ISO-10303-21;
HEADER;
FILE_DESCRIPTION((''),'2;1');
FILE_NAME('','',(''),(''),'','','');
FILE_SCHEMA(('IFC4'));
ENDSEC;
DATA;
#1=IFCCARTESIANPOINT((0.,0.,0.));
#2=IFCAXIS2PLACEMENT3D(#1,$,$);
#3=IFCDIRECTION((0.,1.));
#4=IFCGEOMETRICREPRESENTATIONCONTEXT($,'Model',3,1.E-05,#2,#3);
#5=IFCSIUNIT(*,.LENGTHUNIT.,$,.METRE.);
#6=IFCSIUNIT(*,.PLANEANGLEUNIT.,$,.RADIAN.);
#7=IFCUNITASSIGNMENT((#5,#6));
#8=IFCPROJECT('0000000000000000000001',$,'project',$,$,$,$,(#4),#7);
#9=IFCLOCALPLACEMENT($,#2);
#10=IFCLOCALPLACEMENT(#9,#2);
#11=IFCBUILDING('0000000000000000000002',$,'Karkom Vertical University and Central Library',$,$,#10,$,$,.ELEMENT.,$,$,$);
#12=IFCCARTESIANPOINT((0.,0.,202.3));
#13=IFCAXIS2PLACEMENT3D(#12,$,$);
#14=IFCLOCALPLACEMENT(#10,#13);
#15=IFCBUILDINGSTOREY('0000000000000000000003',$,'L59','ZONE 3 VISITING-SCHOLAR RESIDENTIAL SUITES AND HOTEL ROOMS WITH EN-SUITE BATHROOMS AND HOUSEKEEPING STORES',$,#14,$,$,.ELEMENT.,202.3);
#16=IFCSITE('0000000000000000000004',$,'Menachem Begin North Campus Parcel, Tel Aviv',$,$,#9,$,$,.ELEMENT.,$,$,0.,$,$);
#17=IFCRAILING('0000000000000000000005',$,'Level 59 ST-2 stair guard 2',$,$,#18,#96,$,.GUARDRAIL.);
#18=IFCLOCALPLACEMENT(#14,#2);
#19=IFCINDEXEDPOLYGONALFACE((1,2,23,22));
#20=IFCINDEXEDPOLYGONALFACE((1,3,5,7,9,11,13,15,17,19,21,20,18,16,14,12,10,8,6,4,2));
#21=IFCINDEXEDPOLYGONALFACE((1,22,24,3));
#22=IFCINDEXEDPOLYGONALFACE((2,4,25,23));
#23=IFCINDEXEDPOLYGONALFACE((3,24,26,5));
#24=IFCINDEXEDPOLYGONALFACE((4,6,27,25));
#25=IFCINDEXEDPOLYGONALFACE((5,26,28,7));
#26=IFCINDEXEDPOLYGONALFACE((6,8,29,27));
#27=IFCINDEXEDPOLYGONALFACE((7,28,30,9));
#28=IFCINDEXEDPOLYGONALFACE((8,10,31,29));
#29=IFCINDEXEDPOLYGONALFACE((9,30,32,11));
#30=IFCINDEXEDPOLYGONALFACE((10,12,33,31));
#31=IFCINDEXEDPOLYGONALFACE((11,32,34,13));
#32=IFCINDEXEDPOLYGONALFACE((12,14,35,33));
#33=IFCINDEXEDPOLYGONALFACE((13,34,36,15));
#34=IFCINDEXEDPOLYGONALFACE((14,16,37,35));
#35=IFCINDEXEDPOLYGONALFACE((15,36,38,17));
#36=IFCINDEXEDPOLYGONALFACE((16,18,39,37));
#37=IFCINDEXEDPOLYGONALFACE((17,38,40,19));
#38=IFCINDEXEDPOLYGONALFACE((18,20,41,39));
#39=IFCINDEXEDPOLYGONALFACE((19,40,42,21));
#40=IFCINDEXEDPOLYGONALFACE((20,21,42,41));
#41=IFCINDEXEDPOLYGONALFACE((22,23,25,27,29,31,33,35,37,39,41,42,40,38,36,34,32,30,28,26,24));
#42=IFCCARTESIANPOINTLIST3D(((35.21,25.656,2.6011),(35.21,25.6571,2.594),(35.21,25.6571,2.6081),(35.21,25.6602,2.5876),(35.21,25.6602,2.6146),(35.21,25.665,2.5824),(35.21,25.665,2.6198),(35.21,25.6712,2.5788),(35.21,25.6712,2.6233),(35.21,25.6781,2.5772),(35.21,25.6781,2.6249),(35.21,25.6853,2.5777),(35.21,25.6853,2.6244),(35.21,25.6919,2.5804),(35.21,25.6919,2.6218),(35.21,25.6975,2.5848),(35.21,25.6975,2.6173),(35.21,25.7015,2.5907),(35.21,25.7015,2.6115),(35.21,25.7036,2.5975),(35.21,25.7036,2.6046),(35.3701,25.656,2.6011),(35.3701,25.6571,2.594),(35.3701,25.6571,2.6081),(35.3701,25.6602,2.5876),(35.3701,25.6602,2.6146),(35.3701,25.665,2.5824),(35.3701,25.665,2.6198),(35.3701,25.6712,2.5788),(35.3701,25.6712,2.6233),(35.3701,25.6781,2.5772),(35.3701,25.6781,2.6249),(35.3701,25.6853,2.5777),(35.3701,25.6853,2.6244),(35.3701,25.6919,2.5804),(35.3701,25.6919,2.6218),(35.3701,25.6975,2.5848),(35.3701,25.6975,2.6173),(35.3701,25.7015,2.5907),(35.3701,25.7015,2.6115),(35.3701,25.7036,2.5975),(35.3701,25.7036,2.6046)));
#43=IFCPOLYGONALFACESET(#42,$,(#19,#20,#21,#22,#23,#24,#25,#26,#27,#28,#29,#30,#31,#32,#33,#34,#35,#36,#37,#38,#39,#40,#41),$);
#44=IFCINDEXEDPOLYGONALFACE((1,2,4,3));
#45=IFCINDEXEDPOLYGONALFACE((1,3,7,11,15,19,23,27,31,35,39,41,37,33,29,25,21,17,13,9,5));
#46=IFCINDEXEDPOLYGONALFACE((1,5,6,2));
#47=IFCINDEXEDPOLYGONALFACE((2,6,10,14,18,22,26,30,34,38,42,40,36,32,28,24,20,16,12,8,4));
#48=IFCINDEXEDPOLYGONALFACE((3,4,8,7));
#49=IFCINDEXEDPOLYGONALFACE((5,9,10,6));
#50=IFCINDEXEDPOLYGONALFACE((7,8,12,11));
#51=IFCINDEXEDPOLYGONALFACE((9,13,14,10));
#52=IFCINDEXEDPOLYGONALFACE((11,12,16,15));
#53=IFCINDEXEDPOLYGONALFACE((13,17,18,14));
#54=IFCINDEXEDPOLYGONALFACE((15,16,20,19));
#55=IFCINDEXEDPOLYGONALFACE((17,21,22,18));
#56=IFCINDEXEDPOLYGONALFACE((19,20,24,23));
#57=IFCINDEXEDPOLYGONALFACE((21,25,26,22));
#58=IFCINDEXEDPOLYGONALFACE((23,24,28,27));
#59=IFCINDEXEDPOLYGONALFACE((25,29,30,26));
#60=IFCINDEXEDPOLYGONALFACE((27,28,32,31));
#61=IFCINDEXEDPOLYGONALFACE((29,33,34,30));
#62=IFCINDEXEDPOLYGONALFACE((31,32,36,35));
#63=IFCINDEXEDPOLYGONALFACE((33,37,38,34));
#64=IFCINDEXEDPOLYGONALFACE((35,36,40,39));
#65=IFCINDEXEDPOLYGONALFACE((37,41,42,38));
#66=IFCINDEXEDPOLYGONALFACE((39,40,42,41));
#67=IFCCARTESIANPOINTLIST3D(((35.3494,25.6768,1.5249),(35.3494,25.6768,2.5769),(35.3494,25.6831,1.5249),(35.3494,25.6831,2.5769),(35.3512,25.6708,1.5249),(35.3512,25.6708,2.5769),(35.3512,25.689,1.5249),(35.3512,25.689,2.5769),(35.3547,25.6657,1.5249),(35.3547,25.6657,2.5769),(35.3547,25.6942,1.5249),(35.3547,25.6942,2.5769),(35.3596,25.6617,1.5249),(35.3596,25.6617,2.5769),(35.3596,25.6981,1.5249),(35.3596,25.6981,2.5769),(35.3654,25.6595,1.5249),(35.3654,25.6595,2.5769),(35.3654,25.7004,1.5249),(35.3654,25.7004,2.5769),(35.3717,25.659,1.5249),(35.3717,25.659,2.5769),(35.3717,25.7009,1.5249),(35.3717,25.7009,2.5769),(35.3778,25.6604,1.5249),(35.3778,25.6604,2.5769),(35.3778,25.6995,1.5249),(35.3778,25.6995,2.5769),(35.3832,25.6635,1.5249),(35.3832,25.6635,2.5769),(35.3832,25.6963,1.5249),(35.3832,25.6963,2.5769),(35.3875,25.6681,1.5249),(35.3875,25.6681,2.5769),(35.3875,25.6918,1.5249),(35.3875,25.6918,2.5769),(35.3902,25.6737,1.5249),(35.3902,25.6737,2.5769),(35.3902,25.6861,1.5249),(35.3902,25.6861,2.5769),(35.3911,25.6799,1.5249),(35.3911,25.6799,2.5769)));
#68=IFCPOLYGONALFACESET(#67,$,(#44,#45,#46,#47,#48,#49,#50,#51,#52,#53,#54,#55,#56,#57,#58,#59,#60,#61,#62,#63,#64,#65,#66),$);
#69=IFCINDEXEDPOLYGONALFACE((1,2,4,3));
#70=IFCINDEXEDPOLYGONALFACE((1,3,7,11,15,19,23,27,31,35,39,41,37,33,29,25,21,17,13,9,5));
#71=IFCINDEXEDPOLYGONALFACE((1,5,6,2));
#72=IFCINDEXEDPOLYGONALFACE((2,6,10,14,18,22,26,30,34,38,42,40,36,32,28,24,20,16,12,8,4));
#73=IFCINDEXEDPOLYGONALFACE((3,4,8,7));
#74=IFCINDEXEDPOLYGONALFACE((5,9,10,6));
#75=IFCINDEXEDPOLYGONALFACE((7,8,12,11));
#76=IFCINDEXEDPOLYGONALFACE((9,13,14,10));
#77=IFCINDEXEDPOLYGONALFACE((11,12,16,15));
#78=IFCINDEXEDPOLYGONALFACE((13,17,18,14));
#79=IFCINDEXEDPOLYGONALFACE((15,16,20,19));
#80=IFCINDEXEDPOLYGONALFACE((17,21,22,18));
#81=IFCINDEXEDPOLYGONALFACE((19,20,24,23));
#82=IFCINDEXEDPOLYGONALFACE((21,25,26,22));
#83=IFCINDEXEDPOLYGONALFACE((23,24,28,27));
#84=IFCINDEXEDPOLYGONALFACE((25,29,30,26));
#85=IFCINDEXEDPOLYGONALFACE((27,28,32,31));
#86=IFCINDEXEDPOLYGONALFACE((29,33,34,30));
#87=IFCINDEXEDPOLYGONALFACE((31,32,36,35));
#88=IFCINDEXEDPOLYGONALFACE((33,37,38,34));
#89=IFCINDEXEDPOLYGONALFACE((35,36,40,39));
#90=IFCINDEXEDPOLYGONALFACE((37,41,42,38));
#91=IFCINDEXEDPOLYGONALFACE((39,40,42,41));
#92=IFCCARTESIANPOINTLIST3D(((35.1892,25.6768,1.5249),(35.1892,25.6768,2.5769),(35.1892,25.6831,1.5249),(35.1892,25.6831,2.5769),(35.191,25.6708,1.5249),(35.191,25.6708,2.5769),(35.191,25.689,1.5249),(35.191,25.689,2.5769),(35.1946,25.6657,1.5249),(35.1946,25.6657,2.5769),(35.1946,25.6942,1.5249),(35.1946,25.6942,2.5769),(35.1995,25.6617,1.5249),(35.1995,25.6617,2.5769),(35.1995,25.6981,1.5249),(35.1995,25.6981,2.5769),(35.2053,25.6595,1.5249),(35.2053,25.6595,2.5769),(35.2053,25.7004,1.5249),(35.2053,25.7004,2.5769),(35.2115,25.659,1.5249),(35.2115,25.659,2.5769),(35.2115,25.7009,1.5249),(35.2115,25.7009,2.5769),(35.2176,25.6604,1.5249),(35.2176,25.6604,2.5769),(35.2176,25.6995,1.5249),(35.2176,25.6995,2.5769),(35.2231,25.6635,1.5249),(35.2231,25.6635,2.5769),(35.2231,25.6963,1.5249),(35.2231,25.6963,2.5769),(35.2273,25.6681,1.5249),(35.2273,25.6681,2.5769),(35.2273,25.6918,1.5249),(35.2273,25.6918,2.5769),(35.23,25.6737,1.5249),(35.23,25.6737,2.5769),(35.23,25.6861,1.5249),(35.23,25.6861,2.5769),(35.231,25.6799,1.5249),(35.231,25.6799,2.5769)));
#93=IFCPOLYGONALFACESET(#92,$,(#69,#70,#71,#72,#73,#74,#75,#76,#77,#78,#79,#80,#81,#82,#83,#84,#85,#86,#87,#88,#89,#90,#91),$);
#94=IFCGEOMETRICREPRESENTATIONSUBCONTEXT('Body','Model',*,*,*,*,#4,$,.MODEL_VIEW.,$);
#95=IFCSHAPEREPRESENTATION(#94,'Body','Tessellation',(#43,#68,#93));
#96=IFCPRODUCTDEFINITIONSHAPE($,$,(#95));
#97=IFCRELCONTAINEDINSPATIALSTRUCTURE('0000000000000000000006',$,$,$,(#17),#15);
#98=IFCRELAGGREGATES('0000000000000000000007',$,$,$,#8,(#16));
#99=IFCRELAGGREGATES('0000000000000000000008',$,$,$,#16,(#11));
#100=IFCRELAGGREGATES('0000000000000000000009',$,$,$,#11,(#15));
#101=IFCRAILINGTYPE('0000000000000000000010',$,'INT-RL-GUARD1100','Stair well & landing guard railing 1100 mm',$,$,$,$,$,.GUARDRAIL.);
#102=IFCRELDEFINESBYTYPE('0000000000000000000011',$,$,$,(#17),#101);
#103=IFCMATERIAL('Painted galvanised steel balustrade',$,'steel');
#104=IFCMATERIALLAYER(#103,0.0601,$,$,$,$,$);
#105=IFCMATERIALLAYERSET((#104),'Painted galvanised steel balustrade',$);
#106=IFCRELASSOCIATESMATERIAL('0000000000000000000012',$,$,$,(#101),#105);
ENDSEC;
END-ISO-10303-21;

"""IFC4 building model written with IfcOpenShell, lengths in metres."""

from ifc_helpers import new_model, si_unit, direction, frame, origin, origin_2d, place, context, subcontext, project, spatial, circle, extrude, material, layer, layer_set, type_object, element, save


model = new_model("IFC4")

# Units and contexts
model_context = context("Model", 3, precision=1e-05, world=origin(), true_north=direction((0.0, 1.0)))
body_context = subcontext(model_context, "Body", "Model", "MODEL_VIEW")
ifc_project = project(units=[si_unit("LENGTHUNIT", "METRE"), si_unit("PLANEANGLEUNIT", "RADIAN")], contexts=[model_context])

# Site, building, storey
site_placement = place(None, origin())
site = spatial("IfcSite", under=ifc_project, at=site_placement, Name="Menachem Begin North Campus Parcel, Tel Aviv", CompositionType="ELEMENT", RefElevation=0.0)
building_placement = place(site_placement, origin())
building = spatial("IfcBuilding", under=site, at=building_placement, Name="Karkom Vertical University and Central Library", CompositionType="ELEMENT")
storey_placement = place(building_placement, frame((0.0, 0.0, 202.3)))
storey = spatial("IfcBuildingStorey", under=building, at=storey_placement, Name="L59", Description="ZONE 3 VISITING-SCHOLAR RESIDENTIAL SUITES AND HOTEL ROOMS WITH EN-SUITE BATHROOMS AND HOUSEKEEPING STORES", CompositionType="ELEMENT", Elevation=202.3)

# Railing
ifc_material_1 = material(Name="Painted galvanised steel balustrade", Category="steel")
ifc_layer_1 = layer(ifc_material_1, 0.0601)
ifc_layer_set_1 = layer_set([ifc_layer_1], Name="Painted galvanised steel balustrade")
railing_type_1 = type_object("IfcRailingType", Name="INT-RL-GUARD1100", Description="Stair well & landing guard railing 1100 mm", PredefinedType="GUARDRAIL", material=ifc_layer_set_1)
railing_1_placement = place(storey_placement, frame((35.3701, 25.6799, 1.5249)))
element("IfcRailing", 1, at=railing_1_placement, inside=storey, type_object=railing_type_1, Name="Level 59 ST-2 stair guard 2", PredefinedType="GUARDRAIL", context=body_context, shape_type="SweptSolid", body=[
    extrude(circle(Radius=0.0239, at=origin_2d()), frame((0.0, 0.0, 1.0762), z_axis=(-1.0, 0.0, 0.0), x_axis=(0.0, -1.0, 0.0)), (0.0, 0.0, 1.0), 0.1602),
    extrude(circle(Radius=0.021, at=origin_2d()), origin(), (0.0, 0.0, 1.0), 1.052),
    extrude(circle(Radius=0.021, at=origin_2d()), frame((-0.1602, 0.0, 0.0)), (0.0, 0.0, 1.0), 1.052),
])

save(model, "model.ifc")
